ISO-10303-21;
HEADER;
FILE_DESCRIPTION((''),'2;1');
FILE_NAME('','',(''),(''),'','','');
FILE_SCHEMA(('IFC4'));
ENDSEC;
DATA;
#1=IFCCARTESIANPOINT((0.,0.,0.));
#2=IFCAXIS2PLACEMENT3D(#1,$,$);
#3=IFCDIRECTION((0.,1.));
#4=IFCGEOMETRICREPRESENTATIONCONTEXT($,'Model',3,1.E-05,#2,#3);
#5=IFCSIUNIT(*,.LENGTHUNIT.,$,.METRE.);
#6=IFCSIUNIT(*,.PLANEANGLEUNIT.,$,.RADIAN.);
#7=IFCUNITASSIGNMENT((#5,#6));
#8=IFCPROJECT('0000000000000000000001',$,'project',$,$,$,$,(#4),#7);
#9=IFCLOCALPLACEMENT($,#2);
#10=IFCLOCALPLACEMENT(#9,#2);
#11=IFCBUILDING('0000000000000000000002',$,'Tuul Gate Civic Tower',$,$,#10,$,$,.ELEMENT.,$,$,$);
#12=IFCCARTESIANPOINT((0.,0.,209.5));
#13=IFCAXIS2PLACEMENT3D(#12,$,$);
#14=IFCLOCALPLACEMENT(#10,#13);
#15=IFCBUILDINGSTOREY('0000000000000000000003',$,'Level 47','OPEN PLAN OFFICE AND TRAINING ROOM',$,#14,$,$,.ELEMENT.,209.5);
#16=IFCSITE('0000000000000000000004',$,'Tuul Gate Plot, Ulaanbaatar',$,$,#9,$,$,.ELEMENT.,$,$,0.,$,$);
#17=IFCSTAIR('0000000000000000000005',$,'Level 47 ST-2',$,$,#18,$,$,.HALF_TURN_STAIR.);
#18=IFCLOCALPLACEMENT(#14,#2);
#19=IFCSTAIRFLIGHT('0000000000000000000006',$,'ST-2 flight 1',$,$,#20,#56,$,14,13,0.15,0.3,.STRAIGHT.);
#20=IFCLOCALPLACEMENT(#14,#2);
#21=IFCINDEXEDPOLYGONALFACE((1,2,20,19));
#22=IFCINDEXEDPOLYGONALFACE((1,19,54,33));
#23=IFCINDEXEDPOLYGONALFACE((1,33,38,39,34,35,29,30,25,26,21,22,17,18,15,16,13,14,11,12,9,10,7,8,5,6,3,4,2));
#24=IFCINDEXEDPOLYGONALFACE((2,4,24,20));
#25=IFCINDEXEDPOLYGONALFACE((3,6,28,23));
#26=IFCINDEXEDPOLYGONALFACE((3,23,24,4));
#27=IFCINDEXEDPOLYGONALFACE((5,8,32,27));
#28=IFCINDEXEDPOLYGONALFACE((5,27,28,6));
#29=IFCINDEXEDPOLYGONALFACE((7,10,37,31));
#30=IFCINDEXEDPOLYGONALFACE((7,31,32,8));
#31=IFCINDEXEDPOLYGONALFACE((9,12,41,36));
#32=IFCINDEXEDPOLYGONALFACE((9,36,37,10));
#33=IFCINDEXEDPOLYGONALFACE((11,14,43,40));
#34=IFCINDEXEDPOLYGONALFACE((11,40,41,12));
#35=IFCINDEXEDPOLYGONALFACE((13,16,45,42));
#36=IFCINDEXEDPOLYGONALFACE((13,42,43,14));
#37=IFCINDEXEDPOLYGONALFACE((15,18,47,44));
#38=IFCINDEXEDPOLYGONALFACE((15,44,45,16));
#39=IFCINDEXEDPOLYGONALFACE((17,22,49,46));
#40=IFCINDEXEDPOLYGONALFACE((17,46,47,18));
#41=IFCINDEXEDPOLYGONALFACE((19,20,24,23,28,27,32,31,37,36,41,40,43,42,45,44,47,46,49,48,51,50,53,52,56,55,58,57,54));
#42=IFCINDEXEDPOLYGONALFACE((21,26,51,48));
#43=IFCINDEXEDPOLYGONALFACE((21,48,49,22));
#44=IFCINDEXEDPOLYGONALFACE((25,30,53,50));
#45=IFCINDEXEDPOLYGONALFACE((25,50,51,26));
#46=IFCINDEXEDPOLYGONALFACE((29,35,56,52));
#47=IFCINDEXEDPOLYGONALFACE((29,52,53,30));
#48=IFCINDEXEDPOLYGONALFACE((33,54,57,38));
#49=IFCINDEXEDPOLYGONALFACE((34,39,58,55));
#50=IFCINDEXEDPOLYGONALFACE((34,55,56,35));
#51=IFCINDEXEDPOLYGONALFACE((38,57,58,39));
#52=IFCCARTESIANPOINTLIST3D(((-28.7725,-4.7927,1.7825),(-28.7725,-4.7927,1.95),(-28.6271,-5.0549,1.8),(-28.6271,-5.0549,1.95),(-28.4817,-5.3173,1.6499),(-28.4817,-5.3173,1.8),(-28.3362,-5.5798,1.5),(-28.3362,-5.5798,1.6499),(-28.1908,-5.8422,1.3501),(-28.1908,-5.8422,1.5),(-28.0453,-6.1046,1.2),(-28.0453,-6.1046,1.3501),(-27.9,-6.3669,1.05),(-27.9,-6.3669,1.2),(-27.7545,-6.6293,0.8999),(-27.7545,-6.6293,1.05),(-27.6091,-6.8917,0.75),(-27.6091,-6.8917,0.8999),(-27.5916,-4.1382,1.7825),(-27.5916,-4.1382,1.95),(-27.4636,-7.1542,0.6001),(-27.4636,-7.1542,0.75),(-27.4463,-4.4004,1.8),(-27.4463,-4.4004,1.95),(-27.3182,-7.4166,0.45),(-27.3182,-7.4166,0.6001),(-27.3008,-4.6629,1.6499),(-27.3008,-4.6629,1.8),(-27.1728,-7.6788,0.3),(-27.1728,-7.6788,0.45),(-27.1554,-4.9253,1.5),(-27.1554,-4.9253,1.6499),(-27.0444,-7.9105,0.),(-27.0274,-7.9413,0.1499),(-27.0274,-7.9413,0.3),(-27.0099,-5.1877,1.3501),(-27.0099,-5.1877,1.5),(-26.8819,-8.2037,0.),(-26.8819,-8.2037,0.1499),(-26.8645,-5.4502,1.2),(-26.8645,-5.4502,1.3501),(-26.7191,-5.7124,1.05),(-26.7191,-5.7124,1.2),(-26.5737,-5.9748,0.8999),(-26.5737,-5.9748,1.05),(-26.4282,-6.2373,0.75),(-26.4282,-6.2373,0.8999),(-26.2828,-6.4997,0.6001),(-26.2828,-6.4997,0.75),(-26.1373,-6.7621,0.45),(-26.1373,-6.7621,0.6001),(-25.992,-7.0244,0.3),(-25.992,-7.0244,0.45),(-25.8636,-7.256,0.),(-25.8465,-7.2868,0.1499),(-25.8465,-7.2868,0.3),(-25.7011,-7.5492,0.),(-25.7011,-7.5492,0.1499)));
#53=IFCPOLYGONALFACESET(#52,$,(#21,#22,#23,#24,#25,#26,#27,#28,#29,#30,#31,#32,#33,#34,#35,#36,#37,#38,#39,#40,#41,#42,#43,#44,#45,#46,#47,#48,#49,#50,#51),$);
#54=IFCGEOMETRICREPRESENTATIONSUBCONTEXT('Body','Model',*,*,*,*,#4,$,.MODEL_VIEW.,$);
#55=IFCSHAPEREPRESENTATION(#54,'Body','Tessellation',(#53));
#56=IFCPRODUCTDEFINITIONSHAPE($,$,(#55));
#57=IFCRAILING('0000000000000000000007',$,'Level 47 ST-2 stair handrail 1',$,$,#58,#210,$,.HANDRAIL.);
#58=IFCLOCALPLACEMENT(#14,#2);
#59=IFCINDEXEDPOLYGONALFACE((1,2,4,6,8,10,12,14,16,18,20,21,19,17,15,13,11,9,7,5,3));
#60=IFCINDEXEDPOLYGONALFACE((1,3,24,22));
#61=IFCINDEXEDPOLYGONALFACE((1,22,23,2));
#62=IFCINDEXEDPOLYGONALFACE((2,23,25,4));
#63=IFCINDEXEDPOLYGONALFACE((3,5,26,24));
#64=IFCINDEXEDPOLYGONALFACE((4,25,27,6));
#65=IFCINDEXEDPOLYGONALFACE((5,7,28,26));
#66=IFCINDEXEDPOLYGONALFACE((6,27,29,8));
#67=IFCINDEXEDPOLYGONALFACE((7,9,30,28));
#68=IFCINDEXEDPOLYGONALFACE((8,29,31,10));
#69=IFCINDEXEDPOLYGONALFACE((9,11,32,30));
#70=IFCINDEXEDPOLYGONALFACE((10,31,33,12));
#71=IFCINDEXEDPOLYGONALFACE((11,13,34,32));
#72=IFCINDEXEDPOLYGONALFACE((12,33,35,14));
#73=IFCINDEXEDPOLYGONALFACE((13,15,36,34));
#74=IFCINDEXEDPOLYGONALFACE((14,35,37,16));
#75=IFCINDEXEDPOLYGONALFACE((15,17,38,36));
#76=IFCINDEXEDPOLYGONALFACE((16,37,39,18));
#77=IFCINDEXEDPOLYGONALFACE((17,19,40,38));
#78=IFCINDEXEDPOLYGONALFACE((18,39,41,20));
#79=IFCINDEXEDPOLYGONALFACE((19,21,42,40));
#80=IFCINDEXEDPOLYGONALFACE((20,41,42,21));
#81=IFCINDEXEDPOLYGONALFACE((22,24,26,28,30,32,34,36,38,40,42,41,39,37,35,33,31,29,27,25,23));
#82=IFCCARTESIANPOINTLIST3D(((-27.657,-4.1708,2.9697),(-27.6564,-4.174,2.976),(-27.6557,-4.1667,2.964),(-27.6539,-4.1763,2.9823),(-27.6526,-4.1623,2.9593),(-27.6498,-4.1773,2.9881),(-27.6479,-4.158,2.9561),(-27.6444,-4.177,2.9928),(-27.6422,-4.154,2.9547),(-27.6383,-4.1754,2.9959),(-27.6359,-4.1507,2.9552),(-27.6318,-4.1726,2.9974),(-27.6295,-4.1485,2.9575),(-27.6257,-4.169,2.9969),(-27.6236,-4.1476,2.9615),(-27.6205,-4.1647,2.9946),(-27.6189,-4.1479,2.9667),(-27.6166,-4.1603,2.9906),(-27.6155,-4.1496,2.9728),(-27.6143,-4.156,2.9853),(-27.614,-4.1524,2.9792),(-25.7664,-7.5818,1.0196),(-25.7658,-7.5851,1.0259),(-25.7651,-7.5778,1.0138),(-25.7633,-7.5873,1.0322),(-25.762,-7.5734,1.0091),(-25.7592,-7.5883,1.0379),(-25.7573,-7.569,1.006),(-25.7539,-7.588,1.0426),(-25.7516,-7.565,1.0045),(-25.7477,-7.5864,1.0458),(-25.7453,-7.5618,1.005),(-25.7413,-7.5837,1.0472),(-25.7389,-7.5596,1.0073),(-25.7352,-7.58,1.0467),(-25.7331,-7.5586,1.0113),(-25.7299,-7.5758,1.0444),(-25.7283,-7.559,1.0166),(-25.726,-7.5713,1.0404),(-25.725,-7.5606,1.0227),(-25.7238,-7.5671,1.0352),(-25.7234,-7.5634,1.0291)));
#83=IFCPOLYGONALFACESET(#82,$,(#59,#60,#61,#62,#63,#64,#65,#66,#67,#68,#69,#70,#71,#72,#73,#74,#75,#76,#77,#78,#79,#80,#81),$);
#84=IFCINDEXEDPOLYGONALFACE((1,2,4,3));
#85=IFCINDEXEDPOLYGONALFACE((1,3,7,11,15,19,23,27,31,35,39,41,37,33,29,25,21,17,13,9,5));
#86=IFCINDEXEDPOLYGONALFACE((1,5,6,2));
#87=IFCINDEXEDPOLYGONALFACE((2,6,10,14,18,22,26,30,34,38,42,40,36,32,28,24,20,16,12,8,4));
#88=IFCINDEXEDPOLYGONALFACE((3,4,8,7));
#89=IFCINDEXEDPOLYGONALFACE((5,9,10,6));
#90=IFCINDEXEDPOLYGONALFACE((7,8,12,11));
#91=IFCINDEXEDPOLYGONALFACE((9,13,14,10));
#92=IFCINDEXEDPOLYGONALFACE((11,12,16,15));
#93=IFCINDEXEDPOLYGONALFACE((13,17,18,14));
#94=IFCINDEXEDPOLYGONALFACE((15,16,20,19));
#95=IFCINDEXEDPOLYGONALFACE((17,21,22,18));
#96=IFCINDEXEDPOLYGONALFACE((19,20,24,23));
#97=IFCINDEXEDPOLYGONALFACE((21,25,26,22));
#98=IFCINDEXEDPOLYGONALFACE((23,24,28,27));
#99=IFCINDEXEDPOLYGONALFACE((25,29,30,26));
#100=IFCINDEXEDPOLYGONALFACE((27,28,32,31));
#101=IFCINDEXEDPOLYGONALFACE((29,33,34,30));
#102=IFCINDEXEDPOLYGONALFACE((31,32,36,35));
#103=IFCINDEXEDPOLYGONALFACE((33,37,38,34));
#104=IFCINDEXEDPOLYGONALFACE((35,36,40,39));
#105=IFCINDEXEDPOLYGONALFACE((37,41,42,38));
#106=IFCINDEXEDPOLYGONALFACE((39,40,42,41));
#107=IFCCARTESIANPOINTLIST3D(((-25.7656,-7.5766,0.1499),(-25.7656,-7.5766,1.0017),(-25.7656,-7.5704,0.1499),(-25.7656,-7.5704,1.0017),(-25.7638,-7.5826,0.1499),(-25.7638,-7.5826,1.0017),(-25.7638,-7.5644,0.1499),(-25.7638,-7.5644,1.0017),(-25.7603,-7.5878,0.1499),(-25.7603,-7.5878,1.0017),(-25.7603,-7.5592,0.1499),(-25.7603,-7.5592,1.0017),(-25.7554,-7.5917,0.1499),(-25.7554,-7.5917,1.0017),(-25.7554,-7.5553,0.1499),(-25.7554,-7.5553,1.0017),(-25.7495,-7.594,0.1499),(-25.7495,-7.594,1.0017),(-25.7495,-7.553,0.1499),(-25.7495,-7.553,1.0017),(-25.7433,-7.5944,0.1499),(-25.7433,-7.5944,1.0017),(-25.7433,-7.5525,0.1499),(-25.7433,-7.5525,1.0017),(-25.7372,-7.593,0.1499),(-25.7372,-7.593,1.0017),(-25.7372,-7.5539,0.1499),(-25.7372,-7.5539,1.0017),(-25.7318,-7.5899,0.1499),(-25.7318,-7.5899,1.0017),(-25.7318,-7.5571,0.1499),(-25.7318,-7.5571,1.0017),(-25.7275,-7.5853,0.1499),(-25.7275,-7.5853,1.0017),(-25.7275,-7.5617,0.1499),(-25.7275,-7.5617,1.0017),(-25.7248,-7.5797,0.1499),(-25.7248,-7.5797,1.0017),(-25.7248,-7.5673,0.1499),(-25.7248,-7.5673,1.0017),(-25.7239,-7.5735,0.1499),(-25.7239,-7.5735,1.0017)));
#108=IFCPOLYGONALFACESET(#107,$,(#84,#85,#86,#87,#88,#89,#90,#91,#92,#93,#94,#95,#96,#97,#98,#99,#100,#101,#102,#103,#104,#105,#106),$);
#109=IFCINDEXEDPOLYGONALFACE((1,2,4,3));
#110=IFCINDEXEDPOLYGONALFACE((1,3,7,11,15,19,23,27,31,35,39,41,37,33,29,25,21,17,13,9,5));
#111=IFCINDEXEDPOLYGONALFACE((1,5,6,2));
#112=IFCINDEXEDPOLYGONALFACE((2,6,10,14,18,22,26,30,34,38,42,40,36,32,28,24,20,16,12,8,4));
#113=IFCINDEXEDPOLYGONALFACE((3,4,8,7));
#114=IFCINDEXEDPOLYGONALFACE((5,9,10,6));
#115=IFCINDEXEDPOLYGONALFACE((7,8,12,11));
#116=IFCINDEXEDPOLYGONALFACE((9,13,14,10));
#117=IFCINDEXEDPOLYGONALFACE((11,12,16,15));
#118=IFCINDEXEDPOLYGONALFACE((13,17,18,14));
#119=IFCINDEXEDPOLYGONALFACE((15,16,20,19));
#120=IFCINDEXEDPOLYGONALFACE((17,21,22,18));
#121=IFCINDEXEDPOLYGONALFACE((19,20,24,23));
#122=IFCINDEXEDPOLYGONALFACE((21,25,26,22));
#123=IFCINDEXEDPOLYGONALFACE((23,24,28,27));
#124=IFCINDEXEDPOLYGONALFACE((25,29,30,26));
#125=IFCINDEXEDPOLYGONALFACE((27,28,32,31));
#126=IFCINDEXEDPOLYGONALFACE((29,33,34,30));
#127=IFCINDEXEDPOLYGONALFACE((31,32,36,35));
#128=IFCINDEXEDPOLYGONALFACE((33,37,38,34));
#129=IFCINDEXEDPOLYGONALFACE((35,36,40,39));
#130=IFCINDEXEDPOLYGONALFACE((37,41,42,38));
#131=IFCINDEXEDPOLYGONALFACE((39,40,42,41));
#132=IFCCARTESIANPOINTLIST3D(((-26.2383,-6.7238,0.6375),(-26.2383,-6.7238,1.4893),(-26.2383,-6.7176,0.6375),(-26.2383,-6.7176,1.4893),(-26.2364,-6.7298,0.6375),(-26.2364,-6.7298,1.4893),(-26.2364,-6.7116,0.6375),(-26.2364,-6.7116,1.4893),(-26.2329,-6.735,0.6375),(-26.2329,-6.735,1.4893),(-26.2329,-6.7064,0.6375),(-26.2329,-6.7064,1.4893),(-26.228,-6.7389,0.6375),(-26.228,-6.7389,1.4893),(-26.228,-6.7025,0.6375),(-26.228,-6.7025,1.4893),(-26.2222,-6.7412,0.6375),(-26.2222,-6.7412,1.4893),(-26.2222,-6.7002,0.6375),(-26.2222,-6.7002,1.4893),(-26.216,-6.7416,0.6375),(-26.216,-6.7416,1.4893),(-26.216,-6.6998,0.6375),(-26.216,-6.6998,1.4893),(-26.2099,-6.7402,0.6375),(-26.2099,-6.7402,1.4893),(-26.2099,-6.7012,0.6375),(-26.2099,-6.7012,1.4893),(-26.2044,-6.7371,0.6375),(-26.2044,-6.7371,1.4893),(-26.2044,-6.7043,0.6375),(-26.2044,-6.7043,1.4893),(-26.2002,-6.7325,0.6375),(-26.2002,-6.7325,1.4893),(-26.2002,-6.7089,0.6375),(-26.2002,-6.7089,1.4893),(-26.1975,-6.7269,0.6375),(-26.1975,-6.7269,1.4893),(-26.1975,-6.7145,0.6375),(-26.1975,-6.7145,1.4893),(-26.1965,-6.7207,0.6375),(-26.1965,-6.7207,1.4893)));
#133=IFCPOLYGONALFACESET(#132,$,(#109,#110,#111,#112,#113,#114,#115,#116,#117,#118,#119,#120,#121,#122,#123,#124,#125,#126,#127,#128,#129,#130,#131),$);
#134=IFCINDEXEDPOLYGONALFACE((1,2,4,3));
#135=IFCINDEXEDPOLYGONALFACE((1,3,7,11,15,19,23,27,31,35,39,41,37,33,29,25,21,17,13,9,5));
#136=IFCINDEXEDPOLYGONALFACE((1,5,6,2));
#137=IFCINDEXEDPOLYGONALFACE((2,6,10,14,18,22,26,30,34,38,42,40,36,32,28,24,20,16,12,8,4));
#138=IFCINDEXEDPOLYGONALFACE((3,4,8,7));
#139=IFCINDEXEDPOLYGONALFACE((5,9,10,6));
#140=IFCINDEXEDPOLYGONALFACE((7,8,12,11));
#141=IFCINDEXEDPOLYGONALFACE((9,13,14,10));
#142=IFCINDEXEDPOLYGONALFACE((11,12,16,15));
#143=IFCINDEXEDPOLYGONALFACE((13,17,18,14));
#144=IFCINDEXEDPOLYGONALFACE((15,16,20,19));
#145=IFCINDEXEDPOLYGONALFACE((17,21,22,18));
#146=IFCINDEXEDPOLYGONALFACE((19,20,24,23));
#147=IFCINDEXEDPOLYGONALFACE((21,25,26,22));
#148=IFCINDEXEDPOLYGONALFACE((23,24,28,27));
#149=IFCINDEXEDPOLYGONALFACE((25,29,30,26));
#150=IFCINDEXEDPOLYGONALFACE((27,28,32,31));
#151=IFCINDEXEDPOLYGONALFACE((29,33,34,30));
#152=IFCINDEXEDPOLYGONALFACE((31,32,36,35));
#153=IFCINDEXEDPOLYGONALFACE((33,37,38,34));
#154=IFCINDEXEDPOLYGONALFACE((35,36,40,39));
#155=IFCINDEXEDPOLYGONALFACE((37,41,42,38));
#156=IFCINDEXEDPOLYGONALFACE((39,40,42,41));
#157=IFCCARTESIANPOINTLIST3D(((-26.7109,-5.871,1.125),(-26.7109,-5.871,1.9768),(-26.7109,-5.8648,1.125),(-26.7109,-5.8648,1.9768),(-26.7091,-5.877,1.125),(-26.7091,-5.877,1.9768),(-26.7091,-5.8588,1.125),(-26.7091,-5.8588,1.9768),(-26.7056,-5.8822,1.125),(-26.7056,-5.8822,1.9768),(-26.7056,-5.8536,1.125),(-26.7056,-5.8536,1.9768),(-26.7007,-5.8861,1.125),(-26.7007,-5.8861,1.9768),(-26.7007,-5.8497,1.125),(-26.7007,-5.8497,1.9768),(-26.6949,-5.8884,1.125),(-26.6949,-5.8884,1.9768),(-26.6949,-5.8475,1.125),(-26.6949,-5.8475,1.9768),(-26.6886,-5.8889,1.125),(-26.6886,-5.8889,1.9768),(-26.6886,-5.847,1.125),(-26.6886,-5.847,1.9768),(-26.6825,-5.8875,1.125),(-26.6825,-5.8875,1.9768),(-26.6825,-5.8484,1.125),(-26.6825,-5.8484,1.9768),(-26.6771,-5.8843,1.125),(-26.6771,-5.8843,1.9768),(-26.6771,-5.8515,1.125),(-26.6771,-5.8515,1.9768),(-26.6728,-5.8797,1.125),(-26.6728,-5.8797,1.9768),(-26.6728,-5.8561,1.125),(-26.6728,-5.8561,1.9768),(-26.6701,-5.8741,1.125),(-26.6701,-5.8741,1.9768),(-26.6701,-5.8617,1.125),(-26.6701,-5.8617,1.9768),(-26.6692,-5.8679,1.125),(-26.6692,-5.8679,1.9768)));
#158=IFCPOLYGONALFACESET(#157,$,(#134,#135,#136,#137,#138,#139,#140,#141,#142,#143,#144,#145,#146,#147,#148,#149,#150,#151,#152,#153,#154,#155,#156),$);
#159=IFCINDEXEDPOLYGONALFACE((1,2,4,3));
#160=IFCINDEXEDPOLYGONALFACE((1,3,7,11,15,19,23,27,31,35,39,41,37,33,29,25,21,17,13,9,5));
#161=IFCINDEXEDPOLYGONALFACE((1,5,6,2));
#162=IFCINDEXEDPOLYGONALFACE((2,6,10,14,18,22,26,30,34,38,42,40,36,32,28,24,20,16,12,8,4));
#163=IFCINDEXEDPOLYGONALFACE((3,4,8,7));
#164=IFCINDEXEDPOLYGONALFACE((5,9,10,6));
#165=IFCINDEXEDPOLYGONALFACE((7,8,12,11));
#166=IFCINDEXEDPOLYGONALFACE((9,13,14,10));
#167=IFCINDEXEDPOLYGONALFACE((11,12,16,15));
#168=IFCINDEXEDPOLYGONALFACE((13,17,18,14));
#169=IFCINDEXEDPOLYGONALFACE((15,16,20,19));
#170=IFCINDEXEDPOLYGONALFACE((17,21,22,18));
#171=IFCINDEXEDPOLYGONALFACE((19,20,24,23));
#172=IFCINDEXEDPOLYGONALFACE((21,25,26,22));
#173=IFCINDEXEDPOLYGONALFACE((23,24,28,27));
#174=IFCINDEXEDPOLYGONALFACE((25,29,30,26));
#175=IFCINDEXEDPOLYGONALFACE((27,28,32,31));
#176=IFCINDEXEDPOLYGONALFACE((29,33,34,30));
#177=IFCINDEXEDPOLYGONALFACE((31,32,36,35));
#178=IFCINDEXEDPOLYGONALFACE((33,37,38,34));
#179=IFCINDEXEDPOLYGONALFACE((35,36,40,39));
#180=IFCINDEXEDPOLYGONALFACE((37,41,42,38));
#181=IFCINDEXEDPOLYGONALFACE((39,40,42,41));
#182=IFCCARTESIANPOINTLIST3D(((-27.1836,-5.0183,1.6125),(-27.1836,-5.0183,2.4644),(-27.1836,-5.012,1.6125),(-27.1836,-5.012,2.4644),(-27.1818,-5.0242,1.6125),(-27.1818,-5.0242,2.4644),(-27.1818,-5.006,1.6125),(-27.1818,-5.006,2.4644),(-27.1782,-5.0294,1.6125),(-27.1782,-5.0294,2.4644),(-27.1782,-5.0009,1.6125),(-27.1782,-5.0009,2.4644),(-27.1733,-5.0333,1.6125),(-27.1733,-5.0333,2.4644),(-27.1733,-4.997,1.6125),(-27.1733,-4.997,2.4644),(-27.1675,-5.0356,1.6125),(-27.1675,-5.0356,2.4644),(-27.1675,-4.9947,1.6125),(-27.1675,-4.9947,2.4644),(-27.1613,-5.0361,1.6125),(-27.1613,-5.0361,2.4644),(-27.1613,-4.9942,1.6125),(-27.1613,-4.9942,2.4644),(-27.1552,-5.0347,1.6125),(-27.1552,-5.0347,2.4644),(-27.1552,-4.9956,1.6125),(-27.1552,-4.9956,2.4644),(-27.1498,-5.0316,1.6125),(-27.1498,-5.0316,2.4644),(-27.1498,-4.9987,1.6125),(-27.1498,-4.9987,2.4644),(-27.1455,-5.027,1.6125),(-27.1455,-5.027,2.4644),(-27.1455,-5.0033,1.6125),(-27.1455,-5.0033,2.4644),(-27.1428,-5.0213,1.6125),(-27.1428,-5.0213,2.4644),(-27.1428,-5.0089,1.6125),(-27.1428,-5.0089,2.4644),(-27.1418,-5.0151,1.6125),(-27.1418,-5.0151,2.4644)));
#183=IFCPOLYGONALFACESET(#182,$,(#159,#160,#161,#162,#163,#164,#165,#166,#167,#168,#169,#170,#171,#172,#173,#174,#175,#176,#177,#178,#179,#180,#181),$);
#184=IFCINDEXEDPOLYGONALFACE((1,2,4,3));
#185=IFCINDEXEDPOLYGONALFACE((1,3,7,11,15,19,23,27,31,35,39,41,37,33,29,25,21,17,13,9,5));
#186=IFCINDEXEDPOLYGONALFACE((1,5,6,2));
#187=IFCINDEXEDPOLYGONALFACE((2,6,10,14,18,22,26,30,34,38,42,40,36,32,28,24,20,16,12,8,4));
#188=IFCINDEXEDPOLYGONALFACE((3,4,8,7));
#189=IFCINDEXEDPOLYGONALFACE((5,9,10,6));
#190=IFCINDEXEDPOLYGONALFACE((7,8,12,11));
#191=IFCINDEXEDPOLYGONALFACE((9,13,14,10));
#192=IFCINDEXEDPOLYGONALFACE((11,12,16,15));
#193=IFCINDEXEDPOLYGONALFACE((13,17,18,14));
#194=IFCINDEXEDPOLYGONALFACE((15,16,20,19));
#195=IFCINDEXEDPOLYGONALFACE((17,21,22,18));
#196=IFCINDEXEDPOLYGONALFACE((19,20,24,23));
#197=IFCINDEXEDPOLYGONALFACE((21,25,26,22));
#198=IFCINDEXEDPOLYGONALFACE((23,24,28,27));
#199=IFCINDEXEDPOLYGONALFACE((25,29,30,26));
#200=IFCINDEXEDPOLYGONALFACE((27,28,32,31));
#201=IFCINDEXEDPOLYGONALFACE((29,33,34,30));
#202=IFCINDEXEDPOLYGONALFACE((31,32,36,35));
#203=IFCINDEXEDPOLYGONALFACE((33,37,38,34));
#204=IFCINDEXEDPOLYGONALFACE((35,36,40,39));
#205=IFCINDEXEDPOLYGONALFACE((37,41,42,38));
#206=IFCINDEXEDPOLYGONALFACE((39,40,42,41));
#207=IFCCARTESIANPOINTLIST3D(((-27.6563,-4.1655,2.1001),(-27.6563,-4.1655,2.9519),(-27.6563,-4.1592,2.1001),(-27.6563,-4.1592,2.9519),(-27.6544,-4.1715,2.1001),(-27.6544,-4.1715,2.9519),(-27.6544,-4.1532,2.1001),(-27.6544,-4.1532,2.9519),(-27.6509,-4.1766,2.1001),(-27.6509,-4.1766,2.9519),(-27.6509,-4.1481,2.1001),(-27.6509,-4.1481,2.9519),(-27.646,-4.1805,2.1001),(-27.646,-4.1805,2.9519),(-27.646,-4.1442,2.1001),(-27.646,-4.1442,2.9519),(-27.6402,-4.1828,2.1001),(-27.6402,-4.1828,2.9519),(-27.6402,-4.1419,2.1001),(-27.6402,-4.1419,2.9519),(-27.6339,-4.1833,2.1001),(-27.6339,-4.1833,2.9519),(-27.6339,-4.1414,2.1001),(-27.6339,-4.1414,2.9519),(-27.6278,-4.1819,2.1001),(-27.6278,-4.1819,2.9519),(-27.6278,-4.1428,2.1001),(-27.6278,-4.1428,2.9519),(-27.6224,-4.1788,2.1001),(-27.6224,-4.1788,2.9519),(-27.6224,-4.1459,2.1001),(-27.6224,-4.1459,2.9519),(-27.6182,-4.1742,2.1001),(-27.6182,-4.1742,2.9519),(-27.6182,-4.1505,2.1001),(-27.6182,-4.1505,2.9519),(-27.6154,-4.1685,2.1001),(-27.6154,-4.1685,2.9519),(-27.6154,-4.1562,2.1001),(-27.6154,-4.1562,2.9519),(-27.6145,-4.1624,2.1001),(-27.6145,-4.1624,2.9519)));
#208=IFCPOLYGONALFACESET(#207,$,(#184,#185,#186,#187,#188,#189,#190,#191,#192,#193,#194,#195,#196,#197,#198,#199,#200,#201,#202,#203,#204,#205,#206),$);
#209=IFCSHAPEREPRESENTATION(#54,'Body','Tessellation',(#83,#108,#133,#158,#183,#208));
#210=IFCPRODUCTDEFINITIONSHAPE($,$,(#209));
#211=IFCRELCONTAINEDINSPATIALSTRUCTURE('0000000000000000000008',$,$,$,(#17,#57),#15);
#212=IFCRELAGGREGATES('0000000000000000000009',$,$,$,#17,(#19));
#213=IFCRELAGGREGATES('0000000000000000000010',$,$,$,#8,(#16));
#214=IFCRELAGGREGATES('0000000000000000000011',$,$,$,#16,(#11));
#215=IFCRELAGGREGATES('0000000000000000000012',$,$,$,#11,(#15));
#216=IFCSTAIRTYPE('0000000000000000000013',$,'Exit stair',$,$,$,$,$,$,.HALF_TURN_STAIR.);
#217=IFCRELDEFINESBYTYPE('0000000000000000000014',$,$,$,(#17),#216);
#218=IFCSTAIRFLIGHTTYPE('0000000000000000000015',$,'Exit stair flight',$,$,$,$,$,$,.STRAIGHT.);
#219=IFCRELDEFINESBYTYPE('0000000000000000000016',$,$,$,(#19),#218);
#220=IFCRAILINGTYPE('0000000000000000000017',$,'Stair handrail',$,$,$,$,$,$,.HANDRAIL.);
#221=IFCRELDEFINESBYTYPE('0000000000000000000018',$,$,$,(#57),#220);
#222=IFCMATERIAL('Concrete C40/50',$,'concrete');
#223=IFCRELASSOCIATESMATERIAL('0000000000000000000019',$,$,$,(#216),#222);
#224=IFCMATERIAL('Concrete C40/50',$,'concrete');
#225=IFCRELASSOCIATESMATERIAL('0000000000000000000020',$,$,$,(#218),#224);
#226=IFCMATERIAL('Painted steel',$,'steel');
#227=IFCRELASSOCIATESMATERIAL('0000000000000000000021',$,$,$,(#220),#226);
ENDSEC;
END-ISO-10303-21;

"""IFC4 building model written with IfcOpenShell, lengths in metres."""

from ifc_helpers import new_model, si_unit, direction, frame, origin, origin_2d, place, context, subcontext, project, spatial, polyline, circle, outline, extrude, material, type_object, element, aggregate, save


model = new_model("IFC4")

# Units and contexts
model_context = context("Model", 3, precision=1e-05, world=origin(), true_north=direction((0.0, 1.0)))
body_context = subcontext(model_context, "Body", "Model", "MODEL_VIEW")
ifc_project = project(units=[si_unit("LENGTHUNIT", "METRE"), si_unit("PLANEANGLEUNIT", "RADIAN")], contexts=[model_context])

# Site, building, storey
site_placement = place(None, origin())
site = spatial("IfcSite", under=ifc_project, at=site_placement, Name="Tuul Gate Plot, Ulaanbaatar", CompositionType="ELEMENT", RefElevation=0.0)
building_placement = place(site_placement, origin())
building = spatial("IfcBuilding", under=site, at=building_placement, Name="Tuul Gate Civic Tower", CompositionType="ELEMENT")
storey_placement = place(building_placement, frame((0.0, 0.0, 209.5)))
storey = spatial("IfcBuildingStorey", under=building, at=storey_placement, Name="Level 47", Description="OPEN PLAN OFFICE AND TRAINING ROOM", CompositionType="ELEMENT", Elevation=209.5)

# Stair, stair flight
ifc_material_1 = material(Name="Concrete C40/50", Category="concrete")
stair_type = type_object("IfcStairType", Name="Exit stair", PredefinedType="HALF_TURN_STAIR", material=ifc_material_1)
stair_placement = place(storey_placement, origin())
stair = element("IfcStair", 1, at=stair_placement, inside=storey, type_object=stair_type, Name="Level 47 ST-2", PredefinedType="HALF_TURN_STAIR")
ifc_material_2 = material(Name="Concrete C40/50", Category="concrete")
stair_flight_type = type_object("IfcStairFlightType", Name="Exit stair flight", PredefinedType="STRAIGHT", material=ifc_material_2)
stair_flight_placement = place(storey_placement, frame((-26.2915, -7.8765, 0.0), z_axis=(0.0, 0.0, 1.0), x_axis=(-0.484762, 0.874646, 0.0)))
stair_flight = element("IfcStairFlight", 2, at=stair_flight_placement, type_object=stair_flight_type, Name="ST-2 flight 1", NumberOfRisers=14, NumberOfTreads=13, PredefinedType="STRAIGHT", RiserHeight=0.15, TreadLength=0.3, context=body_context, shape_type="SweptSolid", body=[
    extrude(outline(polyline([(0.0, 0.0), (0.0, 0.1499), (0.3, 0.1499), (0.3, 0.3), (0.6001, 0.3), (0.6001, 0.45), (0.8999, 0.45), (0.8999, 0.6001), (1.2, 0.6001), (1.2, 0.75), (1.5, 0.75), (1.5, 0.8999), (1.8, 0.8999), (1.8, 1.05), (2.1001, 1.05), (2.1001, 1.2), (2.3999, 1.2), (2.3999, 1.3501), (2.7, 1.3501), (2.7, 1.5), (3.0, 1.5), (3.0, 1.6499), (3.3, 1.6499), (3.3, 1.8), (3.6001, 1.8), (3.6001, 1.95), (3.8999, 1.95), (3.8999, 2.1001), (3.8999, 1.7825), (0.3352, 0.0), (0.0, 0.0)])), frame((0.0, 0.675, 0.0), z_axis=(0.0, -1.0, 0.0), x_axis=(1.0, 0.0, 0.0)), (0.0, 0.0, 1.0), 1.3501),
])
aggregate(stair, [stair_flight])

# Railing
ifc_material_3 = material(Name="Painted steel", Category="steel")
railing_type = type_object("IfcRailingType", Name="Stair handrail", PredefinedType="HANDRAIL", material=ifc_material_3)
railing_placement = place(storey_placement, frame((-25.7449, -7.5735, 0.1499)))
element("IfcRailing", 3, at=railing_placement, inside=storey, type_object=railing_type, Name="Level 47 ST-2 stair handrail 1", PredefinedType="HANDRAIL", context=body_context, shape_type="SweptSolid", body=[
    extrude(circle(Radius=0.0239, at=origin_2d()), frame((0.0, 0.0, 0.876), z_axis=(-0.433585, 0.782289, 0.447246), x_axis=(-0.874641, -0.484771, 0.0)), (0.0, 0.0, 1.0), 4.3604),
    extrude(circle(Radius=0.021, at=origin_2d()), origin(), (0.0, 0.0, 1.0), 0.8518),
    extrude(circle(Radius=0.021, at=origin_2d()), frame((-0.4727, 0.8528, 0.4875)), (0.0, 0.0, 1.0), 0.8518),
    extrude(circle(Radius=0.021, at=origin_2d()), frame((-0.9453, 1.7056, 0.9751)), (0.0, 0.0, 1.0), 0.8518),
    extrude(circle(Radius=0.021, at=origin_2d()), frame((-1.418, 2.5583, 1.4626)), (0.0, 0.0, 1.0), 0.8518),
    extrude(circle(Radius=0.021, at=origin_2d()), frame((-1.8906, 3.4111, 1.9502)), (0.0, 0.0, 1.0), 0.8518),
])

save(model, "model.ifc")
